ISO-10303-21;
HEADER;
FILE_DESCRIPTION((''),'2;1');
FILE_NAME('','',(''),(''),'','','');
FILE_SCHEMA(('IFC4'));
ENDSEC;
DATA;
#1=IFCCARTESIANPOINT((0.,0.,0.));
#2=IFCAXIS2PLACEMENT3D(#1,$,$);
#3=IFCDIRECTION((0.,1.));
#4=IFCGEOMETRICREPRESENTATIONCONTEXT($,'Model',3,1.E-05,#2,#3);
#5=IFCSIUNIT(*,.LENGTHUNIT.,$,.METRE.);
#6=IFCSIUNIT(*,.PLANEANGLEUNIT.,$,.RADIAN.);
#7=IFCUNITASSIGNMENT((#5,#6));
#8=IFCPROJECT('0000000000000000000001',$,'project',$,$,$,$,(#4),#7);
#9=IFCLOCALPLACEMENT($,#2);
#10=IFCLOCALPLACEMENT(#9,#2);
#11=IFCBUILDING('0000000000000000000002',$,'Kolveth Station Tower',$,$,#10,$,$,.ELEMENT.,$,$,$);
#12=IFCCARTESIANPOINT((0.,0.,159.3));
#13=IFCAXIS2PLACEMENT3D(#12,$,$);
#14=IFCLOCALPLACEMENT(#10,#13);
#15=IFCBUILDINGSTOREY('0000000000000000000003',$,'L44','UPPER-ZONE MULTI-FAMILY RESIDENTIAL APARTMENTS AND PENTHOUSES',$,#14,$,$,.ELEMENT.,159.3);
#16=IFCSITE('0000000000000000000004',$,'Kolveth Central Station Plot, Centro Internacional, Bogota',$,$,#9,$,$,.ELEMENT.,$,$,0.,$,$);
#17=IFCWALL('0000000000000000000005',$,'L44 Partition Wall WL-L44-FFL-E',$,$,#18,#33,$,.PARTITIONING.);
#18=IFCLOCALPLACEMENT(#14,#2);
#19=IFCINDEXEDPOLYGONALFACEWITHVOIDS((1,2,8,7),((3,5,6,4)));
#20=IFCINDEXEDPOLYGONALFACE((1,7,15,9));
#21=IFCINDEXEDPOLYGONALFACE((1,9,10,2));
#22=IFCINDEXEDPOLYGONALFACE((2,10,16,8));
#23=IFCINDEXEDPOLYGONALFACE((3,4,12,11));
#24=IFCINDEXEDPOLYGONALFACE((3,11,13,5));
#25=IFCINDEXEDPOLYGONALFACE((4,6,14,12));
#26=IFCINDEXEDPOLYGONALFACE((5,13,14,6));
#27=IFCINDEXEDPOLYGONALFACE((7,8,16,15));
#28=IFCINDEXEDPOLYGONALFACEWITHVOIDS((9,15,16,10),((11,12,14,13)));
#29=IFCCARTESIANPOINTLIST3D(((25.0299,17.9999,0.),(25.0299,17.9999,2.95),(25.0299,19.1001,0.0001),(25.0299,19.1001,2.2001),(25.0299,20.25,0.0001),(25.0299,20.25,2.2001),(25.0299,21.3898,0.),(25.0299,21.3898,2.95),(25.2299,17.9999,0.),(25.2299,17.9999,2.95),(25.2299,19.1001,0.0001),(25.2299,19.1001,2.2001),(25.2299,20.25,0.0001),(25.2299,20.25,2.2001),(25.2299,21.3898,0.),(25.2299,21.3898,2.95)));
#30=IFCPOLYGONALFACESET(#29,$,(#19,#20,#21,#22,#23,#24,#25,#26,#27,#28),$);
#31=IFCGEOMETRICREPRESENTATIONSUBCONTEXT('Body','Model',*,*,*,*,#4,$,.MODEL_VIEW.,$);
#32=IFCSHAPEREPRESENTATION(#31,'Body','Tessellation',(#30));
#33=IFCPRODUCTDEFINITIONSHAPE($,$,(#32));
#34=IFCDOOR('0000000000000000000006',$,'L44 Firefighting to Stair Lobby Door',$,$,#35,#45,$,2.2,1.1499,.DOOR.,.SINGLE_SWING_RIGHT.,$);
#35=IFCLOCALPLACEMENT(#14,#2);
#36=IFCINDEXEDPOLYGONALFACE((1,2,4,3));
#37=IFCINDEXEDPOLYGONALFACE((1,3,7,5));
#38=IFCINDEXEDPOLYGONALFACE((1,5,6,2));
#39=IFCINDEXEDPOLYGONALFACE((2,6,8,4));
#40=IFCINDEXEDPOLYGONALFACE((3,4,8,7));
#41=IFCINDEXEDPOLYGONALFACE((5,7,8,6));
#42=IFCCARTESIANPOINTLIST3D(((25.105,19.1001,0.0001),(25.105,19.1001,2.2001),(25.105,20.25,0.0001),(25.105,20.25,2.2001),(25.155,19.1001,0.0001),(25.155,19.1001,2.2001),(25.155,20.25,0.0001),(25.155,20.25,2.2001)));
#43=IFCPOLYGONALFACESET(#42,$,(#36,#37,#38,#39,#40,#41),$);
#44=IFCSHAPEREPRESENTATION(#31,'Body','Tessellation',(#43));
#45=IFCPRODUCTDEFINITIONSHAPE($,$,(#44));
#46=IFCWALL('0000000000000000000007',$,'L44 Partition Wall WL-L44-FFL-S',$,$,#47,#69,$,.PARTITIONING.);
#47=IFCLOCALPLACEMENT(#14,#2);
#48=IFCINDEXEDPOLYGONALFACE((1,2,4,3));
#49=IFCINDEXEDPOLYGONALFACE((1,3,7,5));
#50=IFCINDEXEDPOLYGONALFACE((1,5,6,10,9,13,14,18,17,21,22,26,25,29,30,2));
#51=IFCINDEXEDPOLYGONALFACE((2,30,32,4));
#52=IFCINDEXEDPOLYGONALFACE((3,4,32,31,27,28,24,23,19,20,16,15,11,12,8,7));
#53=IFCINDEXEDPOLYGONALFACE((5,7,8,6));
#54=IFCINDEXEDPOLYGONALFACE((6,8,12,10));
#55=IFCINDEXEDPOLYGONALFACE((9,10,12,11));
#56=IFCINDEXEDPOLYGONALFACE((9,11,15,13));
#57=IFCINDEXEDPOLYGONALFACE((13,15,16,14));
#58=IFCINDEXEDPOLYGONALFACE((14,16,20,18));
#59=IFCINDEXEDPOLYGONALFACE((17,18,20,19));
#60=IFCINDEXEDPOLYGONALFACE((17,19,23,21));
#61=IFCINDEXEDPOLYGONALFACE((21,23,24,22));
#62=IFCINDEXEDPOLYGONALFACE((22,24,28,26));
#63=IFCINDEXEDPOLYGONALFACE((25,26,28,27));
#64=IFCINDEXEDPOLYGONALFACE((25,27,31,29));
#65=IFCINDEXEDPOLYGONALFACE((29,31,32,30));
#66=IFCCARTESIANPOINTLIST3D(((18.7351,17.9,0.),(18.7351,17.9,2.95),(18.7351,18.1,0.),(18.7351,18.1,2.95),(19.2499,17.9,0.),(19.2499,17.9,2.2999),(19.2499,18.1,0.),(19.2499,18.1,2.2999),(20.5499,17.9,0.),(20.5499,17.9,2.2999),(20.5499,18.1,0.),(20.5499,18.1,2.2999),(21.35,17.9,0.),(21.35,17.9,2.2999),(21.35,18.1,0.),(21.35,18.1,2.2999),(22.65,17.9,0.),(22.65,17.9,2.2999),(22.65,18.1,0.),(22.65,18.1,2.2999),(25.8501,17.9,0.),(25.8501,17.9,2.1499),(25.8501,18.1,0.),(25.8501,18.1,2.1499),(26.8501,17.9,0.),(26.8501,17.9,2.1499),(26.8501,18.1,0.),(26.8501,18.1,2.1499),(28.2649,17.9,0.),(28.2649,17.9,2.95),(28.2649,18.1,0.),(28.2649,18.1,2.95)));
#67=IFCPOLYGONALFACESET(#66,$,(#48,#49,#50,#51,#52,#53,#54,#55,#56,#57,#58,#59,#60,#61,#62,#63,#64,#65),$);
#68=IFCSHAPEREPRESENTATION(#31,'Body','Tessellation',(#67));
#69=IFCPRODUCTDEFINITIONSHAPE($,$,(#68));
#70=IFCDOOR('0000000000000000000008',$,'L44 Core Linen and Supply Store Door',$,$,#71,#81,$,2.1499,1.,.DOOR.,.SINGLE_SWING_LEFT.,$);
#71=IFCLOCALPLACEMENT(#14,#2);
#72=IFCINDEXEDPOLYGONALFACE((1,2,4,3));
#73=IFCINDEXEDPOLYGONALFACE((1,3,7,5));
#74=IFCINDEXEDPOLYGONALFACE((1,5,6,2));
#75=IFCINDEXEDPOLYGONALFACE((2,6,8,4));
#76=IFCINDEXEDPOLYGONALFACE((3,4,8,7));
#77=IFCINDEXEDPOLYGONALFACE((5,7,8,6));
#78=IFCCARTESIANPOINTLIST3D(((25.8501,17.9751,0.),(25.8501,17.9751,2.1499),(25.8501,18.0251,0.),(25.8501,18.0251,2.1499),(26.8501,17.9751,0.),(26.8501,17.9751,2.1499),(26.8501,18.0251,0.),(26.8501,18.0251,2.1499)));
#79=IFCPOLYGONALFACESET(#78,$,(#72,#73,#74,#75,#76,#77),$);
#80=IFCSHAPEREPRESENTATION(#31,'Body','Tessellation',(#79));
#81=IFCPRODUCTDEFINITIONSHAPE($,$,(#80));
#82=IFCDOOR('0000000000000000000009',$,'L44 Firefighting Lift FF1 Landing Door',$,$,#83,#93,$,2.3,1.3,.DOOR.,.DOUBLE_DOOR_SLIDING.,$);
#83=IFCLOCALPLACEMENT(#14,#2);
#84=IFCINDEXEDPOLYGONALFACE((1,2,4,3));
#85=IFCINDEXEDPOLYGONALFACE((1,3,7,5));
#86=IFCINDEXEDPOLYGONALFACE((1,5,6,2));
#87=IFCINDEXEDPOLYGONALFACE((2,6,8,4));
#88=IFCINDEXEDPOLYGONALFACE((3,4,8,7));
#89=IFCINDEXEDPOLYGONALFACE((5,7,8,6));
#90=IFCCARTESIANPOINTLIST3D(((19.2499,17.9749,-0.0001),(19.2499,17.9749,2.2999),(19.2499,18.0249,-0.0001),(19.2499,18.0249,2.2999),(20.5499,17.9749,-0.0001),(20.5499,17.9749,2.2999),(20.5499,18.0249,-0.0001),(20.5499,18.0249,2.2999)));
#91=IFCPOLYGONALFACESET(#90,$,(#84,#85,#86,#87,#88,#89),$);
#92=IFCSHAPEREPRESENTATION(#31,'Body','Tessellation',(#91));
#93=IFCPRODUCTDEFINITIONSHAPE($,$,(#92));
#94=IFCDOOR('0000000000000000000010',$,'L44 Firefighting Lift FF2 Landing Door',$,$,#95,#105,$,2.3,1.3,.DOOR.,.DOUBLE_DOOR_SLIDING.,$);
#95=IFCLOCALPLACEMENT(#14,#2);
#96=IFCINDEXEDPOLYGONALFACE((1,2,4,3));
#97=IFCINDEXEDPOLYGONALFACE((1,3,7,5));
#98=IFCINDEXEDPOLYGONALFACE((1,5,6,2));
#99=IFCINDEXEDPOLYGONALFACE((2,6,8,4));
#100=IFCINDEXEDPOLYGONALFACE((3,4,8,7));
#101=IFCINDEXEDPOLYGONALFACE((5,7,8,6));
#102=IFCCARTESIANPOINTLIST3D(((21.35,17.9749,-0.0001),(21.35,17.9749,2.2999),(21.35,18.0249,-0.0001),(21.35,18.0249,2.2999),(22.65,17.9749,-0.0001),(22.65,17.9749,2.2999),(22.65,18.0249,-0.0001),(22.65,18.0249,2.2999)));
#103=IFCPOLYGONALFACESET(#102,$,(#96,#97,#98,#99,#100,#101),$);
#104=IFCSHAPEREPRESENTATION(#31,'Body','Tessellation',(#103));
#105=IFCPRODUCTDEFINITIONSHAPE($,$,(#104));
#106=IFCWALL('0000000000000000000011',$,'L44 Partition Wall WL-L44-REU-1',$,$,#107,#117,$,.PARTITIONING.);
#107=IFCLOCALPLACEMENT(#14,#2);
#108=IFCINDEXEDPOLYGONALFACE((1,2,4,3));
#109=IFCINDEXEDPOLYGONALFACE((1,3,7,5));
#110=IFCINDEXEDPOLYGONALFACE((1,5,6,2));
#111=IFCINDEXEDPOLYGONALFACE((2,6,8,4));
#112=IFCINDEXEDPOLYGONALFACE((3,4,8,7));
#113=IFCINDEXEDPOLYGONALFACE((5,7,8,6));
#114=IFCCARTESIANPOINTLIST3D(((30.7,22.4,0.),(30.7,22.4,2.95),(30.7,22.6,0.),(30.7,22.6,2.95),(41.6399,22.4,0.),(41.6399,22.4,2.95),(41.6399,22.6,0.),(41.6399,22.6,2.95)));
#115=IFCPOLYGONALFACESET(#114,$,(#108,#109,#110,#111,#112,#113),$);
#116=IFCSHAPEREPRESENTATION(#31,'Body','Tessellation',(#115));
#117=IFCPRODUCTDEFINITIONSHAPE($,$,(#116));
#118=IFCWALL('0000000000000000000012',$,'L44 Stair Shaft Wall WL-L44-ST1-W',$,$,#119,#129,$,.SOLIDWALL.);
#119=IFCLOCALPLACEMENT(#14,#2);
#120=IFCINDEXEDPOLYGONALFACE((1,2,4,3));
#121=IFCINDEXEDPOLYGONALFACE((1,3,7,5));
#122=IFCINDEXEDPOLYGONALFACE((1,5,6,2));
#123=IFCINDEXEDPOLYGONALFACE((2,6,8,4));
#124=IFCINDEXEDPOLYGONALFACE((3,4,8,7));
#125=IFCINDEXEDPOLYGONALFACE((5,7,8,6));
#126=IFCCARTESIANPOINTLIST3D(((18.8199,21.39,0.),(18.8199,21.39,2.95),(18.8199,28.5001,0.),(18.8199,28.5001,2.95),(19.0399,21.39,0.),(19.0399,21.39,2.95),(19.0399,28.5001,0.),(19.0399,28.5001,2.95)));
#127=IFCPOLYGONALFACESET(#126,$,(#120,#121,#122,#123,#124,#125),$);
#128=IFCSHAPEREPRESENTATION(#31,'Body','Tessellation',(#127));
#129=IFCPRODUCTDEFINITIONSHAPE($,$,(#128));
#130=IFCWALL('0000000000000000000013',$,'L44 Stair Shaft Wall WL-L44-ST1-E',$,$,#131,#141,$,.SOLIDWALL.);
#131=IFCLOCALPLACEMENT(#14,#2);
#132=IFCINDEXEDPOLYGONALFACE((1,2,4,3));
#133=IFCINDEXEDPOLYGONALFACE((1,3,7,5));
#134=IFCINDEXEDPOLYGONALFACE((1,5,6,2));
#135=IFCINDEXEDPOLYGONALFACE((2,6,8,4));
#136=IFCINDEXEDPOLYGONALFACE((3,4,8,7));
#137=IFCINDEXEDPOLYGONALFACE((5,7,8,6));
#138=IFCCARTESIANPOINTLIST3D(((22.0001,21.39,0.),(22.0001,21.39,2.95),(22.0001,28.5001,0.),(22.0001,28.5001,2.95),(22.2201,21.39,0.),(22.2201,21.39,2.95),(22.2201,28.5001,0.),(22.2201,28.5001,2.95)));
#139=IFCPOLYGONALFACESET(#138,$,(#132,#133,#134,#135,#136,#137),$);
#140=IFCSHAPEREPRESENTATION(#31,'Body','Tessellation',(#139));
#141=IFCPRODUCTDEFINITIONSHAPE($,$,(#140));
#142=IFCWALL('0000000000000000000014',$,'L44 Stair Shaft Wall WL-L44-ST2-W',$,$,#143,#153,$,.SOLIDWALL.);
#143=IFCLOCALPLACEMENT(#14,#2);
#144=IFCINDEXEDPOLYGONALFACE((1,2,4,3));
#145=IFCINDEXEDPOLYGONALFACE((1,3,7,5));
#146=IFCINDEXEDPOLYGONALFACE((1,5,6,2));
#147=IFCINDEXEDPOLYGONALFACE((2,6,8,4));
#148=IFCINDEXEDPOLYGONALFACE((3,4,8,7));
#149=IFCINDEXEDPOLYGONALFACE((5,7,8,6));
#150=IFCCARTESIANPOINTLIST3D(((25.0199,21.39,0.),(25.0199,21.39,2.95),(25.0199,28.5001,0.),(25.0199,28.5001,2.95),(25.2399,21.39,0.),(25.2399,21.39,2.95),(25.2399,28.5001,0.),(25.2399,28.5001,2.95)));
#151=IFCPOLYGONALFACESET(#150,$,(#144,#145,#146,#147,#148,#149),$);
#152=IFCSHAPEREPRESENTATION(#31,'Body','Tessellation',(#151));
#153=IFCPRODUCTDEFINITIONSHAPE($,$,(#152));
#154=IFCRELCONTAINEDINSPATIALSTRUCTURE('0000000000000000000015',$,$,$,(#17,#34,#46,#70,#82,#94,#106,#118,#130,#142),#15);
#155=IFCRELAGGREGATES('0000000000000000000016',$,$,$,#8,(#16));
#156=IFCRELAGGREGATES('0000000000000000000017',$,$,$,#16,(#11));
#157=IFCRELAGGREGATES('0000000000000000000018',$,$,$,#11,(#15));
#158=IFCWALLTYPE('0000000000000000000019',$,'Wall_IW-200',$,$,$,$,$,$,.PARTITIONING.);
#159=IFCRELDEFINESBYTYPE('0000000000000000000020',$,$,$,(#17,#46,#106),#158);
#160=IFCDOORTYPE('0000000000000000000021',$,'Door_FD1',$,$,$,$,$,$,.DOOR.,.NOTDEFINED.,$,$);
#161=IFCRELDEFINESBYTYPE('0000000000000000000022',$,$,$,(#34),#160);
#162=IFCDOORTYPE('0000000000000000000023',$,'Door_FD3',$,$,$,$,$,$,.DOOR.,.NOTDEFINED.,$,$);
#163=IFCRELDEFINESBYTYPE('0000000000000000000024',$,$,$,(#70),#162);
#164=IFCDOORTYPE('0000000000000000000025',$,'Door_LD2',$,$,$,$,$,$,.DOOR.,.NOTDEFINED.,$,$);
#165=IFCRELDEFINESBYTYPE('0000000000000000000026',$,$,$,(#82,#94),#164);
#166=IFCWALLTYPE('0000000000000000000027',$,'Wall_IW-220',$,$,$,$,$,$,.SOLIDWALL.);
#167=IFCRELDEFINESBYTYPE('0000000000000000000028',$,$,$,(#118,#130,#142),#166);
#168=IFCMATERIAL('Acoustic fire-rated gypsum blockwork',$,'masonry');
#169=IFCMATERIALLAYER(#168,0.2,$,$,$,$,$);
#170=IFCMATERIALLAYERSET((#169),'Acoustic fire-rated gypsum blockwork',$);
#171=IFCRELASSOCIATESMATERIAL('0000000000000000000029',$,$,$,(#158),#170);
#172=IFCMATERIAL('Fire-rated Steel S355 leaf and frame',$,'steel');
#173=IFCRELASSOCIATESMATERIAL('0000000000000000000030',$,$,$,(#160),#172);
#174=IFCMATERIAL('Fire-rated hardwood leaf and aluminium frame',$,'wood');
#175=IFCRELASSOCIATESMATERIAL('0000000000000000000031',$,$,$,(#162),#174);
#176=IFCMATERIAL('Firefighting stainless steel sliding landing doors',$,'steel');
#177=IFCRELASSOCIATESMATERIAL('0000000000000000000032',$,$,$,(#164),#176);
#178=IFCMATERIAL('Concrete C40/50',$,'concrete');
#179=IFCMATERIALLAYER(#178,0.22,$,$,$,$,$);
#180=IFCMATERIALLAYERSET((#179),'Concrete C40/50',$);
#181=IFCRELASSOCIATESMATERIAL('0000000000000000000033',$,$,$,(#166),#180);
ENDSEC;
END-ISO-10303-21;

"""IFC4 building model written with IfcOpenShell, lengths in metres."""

from ifc_helpers import new_model, si_unit, direction, frame, frame_2d, origin, place, context, subcontext, project, spatial, rectangle, extrude, material, layer, layer_set, type_object, element, fill, save


model = new_model("IFC4")

# Units and contexts
model_context = context("Model", 3, precision=1e-05, world=origin(), true_north=direction((0.0, 1.0)))
body_context = subcontext(model_context, "Body", "Model", "MODEL_VIEW")
ifc_project = project(units=[si_unit("LENGTHUNIT", "METRE"), si_unit("PLANEANGLEUNIT", "RADIAN")], contexts=[model_context])

# Site, building, storey
site_placement = place(None, origin())
site = spatial("IfcSite", under=ifc_project, at=site_placement, Name="Kolveth Central Station Plot, Centro Internacional, Bogota", CompositionType="ELEMENT", RefElevation=0.0)
building_placement = place(site_placement, origin())
building = spatial("IfcBuilding", under=site, at=building_placement, Name="Kolveth Station Tower", CompositionType="ELEMENT")
storey_placement = place(building_placement, frame((0.0, 0.0, 159.3)))
storey = spatial("IfcBuildingStorey", under=building, at=storey_placement, Name="L44", Description="UPPER-ZONE MULTI-FAMILY RESIDENTIAL APARTMENTS AND PENTHOUSES", CompositionType="ELEMENT", Elevation=159.3)

# Shared definitions
ifc_material_1 = material(Name="Acoustic fire-rated gypsum blockwork", Category="masonry")
ifc_layer_1 = layer(ifc_material_1, 0.2)
ifc_layer_set_1 = layer_set([ifc_layer_1], Name="Acoustic fire-rated gypsum blockwork")
wall_type_1 = type_object("IfcWallType", Name="Wall_IW-200", PredefinedType="PARTITIONING", material=ifc_layer_set_1)

# Wall, opening, door
wall_1_placement = place(storey_placement, frame((25.1299, 18.0, 0.0), z_axis=(0.0, 0.0, 1.0), x_axis=(0.0, 1.0, 0.0)))
wall_1 = element("IfcWall", 1, at=wall_1_placement, inside=storey, type_object=wall_type_1, Name="L44 Partition Wall WL-L44-FFL-E", PredefinedType="PARTITIONING", context=body_context, shape_type="SweptSolid", body=[
    extrude(rectangle(XDim=3.3899, YDim=0.2, at=frame_2d((1.6948, 0.0))), origin(), (0.0, 0.0, 1.0), 2.95),
])
opening_1_placement = place(wall_1_placement, frame((1.1001, 0.0, 0.0)))
opening_1 = element("IfcOpeningElement", 2, at=opening_1_placement, cuts=wall_1, PredefinedType="OPENING", context=body_context, shape_type="SweptSolid", body=[
    extrude(rectangle(XDim=1.1499, YDim=2.2, at=frame_2d((0.575, 1.1001))), frame((0.0, 0.1099, 0.0), z_axis=(0.0, -1.0, 0.0), x_axis=(1.0, 0.0, 0.0)), (0.0, 0.0, 1.0), 0.22),
])
ifc_material_2 = material(Name="Fire-rated Steel S355 leaf and frame", Category="steel")
door_type_1 = type_object("IfcDoorType", Name="Door_FD1", OperationType="NOTDEFINED", PredefinedType="DOOR", material=ifc_material_2)
door_1_placement = place(opening_1_placement, origin())
door_1 = element("IfcDoor", 3, at=door_1_placement, inside=storey, type_object=door_type_1, Name="L44 Firefighting to Stair Lobby Door", OperationType="SINGLE_SWING_RIGHT", OverallHeight=2.2, OverallWidth=1.1499, PredefinedType="DOOR", context=body_context, shape_type="SweptSolid", body=[
    extrude(rectangle(XDim=1.1499, YDim=2.2, at=frame_2d((0.575, 1.1001))), frame((0.0, 0.0249, 0.0), z_axis=(0.0, -1.0, 0.0), x_axis=(1.0, 0.0, 0.0)), (0.0, 0.0, 1.0), 0.05),
])
fill(opening_1, door_1)

# Wall, openings, doors
wall_2_placement = place(storey_placement, frame((18.7351, 18.0, 0.0), z_axis=(0.0, 0.0, 1.0), x_axis=(1.0, 0.0, 0.0)))
wall_2 = element("IfcWall", 4, at=wall_2_placement, inside=storey, type_object=wall_type_1, Name="L44 Partition Wall WL-L44-FFL-S", PredefinedType="PARTITIONING", context=body_context, shape_type="SweptSolid", body=[
    extrude(rectangle(XDim=9.5298, YDim=0.2, at=frame_2d((4.7649, 0.0))), origin(), (0.0, 0.0, 1.0), 2.95),
])
opening_2_placement = place(wall_2_placement, frame((0.5149, 0.0, 0.0)))
opening_2 = element("IfcOpeningElement", 5, at=opening_2_placement, cuts=wall_2, PredefinedType="OPENING", context=body_context, shape_type="SweptSolid", body=[
    extrude(rectangle(XDim=1.3, YDim=2.3, at=frame_2d((0.6499, 1.1499))), frame((0.0, 0.1099, 0.0), z_axis=(0.0, -1.0, 0.0), x_axis=(1.0, 0.0, 0.0)), (0.0, 0.0, 1.0), 0.22),
])
opening_3_placement = place(wall_2_placement, frame((2.615, 0.0, 0.0)))
opening_3 = element("IfcOpeningElement", 6, at=opening_3_placement, cuts=wall_2, PredefinedType="OPENING", context=body_context, shape_type="SweptSolid", body=[
    extrude(rectangle(XDim=1.3, YDim=2.3, at=frame_2d((0.6499, 1.1499))), frame((0.0, 0.1099, 0.0), z_axis=(0.0, -1.0, 0.0), x_axis=(1.0, 0.0, 0.0)), (0.0, 0.0, 1.0), 0.22),
])
opening_4_placement = place(wall_2_placement, frame((7.115, 0.0, 0.0)))
opening_4 = element("IfcOpeningElement", 7, at=opening_4_placement, cuts=wall_2, PredefinedType="OPENING", context=body_context, shape_type="SweptSolid", body=[
    extrude(rectangle(XDim=1.0, YDim=2.1499, at=frame_2d((0.5, 1.075))), frame((0.0, 0.1099, 0.0), z_axis=(0.0, -1.0, 0.0), x_axis=(1.0, 0.0, 0.0)), (0.0, 0.0, 1.0), 0.22),
])
ifc_material_3 = material(Name="Fire-rated hardwood leaf and aluminium frame", Category="wood")
door_type_2 = type_object("IfcDoorType", Name="Door_FD3", OperationType="NOTDEFINED", PredefinedType="DOOR", material=ifc_material_3)
door_2_placement = place(opening_4_placement, frame((1.0, 0.0, 0.0), z_axis=(0.0, 0.0, 1.0), x_axis=(-1.0, 0.0, 0.0)))
door_2 = element("IfcDoor", 8, at=door_2_placement, inside=storey, type_object=door_type_2, Name="L44 Core Linen and Supply Store Door", OperationType="SINGLE_SWING_LEFT", OverallHeight=2.1499, OverallWidth=1.0, PredefinedType="DOOR", context=body_context, shape_type="SweptSolid", body=[
    extrude(rectangle(XDim=1.0, YDim=2.1499, at=frame_2d((0.5, 1.075))), frame((0.0, 0.0249, 0.0), z_axis=(0.0, -1.0, 0.0), x_axis=(1.0, 0.0, 0.0)), (0.0, 0.0, 1.0), 0.05),
])
fill(opening_4, door_2)
ifc_material_4 = material(Name="Firefighting stainless steel sliding landing doors", Category="steel")
door_type_3 = type_object("IfcDoorType", Name="Door_LD2", OperationType="NOTDEFINED", PredefinedType="DOOR", material=ifc_material_4)
door_3_placement = place(opening_2_placement, origin())
door_3 = element("IfcDoor", 9, at=door_3_placement, inside=storey, type_object=door_type_3, Name="L44 Firefighting Lift FF1 Landing Door", OperationType="DOUBLE_DOOR_SLIDING", OverallHeight=2.3, OverallWidth=1.3, PredefinedType="DOOR", context=body_context, shape_type="SweptSolid", body=[
    extrude(rectangle(XDim=1.3, YDim=2.3, at=frame_2d((0.6499, 1.1499))), frame((0.0, 0.0249, 0.0), z_axis=(0.0, -1.0, 0.0), x_axis=(1.0, 0.0, 0.0)), (0.0, 0.0, 1.0), 0.05),
])
fill(opening_2, door_3)
door_4_placement = place(opening_3_placement, origin())
door_4 = element("IfcDoor", 10, at=door_4_placement, inside=storey, type_object=door_type_3, Name="L44 Firefighting Lift FF2 Landing Door", OperationType="DOUBLE_DOOR_SLIDING", OverallHeight=2.3, OverallWidth=1.3, PredefinedType="DOOR", context=body_context, shape_type="SweptSolid", body=[
    extrude(rectangle(XDim=1.3, YDim=2.3, at=frame_2d((0.6499, 1.1499))), frame((0.0, 0.0249, 0.0), z_axis=(0.0, -1.0, 0.0), x_axis=(1.0, 0.0, 0.0)), (0.0, 0.0, 1.0), 0.05),
])
fill(opening_3, door_4)

# Walls
wall_3_placement = place(storey_placement, frame((30.7, 22.5, 0.0), z_axis=(0.0, 0.0, 1.0), x_axis=(1.0, 0.0, 0.0)))
element("IfcWall", 11, at=wall_3_placement, inside=storey, type_object=wall_type_1, Name="L44 Partition Wall WL-L44-REU-1", PredefinedType="PARTITIONING", context=body_context, shape_type="SweptSolid", body=[
    extrude(rectangle(XDim=10.9399, YDim=0.2, at=frame_2d((5.47, 0.0))), origin(), (0.0, 0.0, 1.0), 2.95),
])
ifc_material_5 = material(Name="Concrete C40/50", Category="concrete")
ifc_layer_2 = layer(ifc_material_5, 0.22)
ifc_layer_set_2 = layer_set([ifc_layer_2], Name="Concrete C40/50")
wall_type_2 = type_object("IfcWallType", Name="Wall_IW-220", PredefinedType="SOLIDWALL", material=ifc_layer_set_2)
for number, where, z_axis, x_axis, name in (
    (12, (18.9299, 21.3899, 0.0), (0.0, 0.0, 1.0), (0.0, 1.0, 0.0), "L44 Stair Shaft Wall WL-L44-ST1-W"),
    (13, (22.1101, 21.3899, 0.0), (0.0, 0.0, 1.0), (0.0, 1.0, 0.0), "L44 Stair Shaft Wall WL-L44-ST1-E"),
    (14, (25.1299, 21.3899, 0.0), (0.0, 0.0, 1.0), (0.0, 1.0, 0.0), "L44 Stair Shaft Wall WL-L44-ST2-W"),
):
    element("IfcWall", number, at=place(storey_placement, frame(where, z_axis=z_axis, x_axis=x_axis)), inside=storey, type_object=wall_type_2, Name=name, PredefinedType="SOLIDWALL", context=body_context, shape_type="SweptSolid", body=[
        extrude(rectangle(XDim=7.1101, YDim=0.22, at=frame_2d((3.5552, 0.0))), origin(), (0.0, 0.0, 1.0), 2.95),
    ])

save(model, "model.ifc")
